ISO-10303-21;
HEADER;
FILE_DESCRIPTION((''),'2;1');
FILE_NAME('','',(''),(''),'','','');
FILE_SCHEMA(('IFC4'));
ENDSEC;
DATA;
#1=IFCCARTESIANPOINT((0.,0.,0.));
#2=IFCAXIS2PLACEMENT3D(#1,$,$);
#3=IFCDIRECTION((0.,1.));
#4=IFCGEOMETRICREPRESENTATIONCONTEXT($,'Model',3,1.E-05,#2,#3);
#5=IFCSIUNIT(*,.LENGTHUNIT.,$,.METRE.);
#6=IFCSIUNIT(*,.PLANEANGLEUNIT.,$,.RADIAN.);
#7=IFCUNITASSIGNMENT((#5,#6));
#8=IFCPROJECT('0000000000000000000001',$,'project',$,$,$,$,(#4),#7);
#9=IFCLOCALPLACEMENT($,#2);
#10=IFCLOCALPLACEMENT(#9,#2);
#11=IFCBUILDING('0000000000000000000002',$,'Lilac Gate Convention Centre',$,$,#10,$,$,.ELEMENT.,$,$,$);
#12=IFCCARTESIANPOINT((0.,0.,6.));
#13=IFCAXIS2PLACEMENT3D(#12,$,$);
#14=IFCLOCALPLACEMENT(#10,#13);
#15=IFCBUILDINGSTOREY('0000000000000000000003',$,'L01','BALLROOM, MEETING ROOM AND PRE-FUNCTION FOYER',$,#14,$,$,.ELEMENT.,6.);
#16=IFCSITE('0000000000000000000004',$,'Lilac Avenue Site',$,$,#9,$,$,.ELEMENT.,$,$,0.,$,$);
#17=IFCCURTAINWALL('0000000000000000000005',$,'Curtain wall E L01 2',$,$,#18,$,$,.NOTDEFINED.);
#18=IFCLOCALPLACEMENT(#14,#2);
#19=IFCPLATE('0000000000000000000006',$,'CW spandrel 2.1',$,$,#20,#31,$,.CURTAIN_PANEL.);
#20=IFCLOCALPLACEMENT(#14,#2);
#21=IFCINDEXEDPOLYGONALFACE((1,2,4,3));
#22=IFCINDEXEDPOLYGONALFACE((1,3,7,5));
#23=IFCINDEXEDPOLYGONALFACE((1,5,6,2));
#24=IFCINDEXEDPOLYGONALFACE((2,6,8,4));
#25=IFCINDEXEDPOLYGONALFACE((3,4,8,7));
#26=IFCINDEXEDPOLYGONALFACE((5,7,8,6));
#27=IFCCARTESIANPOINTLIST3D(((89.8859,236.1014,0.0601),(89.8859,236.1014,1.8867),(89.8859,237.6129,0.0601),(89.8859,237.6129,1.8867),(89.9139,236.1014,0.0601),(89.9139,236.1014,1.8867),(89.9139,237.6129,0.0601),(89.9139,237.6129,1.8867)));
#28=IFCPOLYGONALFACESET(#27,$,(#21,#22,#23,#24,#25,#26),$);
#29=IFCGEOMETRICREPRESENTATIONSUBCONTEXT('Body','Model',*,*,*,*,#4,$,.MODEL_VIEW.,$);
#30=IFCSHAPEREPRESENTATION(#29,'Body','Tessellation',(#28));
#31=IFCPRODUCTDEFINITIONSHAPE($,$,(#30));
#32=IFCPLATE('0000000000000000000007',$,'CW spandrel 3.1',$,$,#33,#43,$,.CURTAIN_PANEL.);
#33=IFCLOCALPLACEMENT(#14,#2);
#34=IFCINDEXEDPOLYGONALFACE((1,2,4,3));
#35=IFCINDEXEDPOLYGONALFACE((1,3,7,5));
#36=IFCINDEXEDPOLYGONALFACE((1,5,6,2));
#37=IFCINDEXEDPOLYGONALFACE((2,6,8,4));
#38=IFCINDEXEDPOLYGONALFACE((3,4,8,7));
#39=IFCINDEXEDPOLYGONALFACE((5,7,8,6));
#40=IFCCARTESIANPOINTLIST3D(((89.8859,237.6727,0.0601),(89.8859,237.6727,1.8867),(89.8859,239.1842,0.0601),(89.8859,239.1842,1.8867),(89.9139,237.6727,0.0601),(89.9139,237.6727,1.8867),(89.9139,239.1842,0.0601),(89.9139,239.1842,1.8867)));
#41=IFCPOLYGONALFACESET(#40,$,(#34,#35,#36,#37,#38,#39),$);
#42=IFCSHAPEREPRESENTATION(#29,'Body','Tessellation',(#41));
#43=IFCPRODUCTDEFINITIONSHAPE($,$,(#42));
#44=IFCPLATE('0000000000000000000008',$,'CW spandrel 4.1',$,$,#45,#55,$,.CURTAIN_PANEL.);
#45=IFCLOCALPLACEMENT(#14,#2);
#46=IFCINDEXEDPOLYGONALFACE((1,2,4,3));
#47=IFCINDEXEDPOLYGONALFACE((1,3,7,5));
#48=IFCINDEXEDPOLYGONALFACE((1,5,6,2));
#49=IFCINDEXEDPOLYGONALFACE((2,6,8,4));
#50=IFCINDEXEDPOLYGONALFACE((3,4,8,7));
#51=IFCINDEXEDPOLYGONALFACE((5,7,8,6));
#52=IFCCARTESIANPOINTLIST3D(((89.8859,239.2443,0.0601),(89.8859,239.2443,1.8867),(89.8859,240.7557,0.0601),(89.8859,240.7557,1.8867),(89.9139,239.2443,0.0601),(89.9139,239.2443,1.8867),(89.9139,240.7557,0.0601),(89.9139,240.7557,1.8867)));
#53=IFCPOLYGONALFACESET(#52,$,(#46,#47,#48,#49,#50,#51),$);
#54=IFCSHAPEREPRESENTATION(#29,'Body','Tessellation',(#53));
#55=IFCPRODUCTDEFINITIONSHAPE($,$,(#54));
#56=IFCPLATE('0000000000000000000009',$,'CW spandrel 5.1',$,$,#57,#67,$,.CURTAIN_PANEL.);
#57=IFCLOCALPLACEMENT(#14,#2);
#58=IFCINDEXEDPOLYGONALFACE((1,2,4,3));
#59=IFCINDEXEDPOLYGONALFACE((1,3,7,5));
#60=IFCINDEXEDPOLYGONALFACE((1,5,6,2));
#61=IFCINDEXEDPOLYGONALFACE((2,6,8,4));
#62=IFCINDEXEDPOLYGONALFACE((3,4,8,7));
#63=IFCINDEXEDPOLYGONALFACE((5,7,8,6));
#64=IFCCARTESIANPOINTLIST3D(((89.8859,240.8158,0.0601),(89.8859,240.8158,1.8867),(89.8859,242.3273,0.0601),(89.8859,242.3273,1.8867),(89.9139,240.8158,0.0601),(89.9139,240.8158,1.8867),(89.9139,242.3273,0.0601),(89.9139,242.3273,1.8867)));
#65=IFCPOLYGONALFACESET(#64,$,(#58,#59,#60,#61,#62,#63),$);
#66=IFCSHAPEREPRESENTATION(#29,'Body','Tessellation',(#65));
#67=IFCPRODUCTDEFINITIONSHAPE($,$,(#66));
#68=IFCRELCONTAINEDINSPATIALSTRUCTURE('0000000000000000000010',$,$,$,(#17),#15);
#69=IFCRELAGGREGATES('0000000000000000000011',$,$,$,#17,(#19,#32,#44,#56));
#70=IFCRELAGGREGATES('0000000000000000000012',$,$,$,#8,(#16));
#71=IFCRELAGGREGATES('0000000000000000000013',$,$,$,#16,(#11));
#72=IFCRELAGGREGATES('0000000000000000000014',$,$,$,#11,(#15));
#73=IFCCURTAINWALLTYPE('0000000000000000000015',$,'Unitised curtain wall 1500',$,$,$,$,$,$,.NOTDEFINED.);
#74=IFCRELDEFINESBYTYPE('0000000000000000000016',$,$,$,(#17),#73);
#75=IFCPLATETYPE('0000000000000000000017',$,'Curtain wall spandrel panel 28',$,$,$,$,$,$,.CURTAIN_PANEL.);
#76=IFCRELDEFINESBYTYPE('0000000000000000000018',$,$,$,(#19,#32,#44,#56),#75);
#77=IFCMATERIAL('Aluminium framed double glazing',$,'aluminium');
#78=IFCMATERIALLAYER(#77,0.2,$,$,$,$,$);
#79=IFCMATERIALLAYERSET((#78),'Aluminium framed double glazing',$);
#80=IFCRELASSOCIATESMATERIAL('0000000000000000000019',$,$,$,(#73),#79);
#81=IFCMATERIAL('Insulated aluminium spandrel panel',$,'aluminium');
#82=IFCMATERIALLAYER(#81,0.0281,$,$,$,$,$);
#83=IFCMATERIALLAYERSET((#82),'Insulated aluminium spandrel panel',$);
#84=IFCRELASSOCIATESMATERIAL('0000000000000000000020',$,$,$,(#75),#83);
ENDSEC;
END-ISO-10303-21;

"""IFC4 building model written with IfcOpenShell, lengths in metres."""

from ifc_helpers import new_model, si_unit, direction, frame, origin, origin_2d, place, context, subcontext, project, spatial, rectangle, extrude, material, layer, layer_set, type_object, element, aggregate, save


model = new_model("IFC4")

# Units and contexts
model_context = context("Model", 3, precision=1e-05, world=origin(), true_north=direction((0.0, 1.0)))
body_context = subcontext(model_context, "Body", "Model", "MODEL_VIEW")
ifc_project = project(units=[si_unit("LENGTHUNIT", "METRE"), si_unit("PLANEANGLEUNIT", "RADIAN")], contexts=[model_context])

# Site, building, storey
site_placement = place(None, origin())
site = spatial("IfcSite", under=ifc_project, at=site_placement, Name="Lilac Avenue Site", CompositionType="ELEMENT", RefElevation=0.0)
building_placement = place(site_placement, origin())
building = spatial("IfcBuilding", under=site, at=building_placement, Name="Lilac Gate Convention Centre", CompositionType="ELEMENT")
storey_placement = place(building_placement, frame((0.0, 0.0, 6.0)))
storey = spatial("IfcBuildingStorey", under=building, at=storey_placement, Name="L01", Description="BALLROOM, MEETING ROOM AND PRE-FUNCTION FOYER", CompositionType="ELEMENT", Elevation=6.0)

# Curtain wall, plates
ifc_material_1 = material(Name="Aluminium framed double glazing", Category="aluminium")
ifc_layer_1 = layer(ifc_material_1, 0.2)
ifc_layer_set_1 = layer_set([ifc_layer_1], Name="Aluminium framed double glazing")
curtain_wall_type = type_object("IfcCurtainWallType", Name="Unitised curtain wall 1500", PredefinedType="NOTDEFINED", material=ifc_layer_set_1)
curtain_wall_placement = place(storey_placement, origin())
curtain_wall = element("IfcCurtainWall", 1, at=curtain_wall_placement, inside=storey, type_object=curtain_wall_type, Name="Curtain wall E L01 2", PredefinedType="NOTDEFINED")
ifc_material_2 = material(Name="Insulated aluminium spandrel panel", Category="aluminium")
ifc_layer_2 = layer(ifc_material_2, 0.0281)
ifc_layer_set_2 = layer_set([ifc_layer_2], Name="Insulated aluminium spandrel panel")
plate_type_1 = type_object("IfcPlateType", Name="Curtain wall spandrel panel 28", PredefinedType="CURTAIN_PANEL", material=ifc_layer_set_2)
plate_1_placement = place(storey_placement, frame((89.8999, 236.8572, 0.0601), z_axis=(0.0, 0.0, 1.0), x_axis=(0.0, 1.0, 0.0)))
plate_1 = element("IfcPlate", 2, at=plate_1_placement, type_object=plate_type_1, Name="CW spandrel 2.1", PredefinedType="CURTAIN_PANEL", context=body_context, shape_type="SweptSolid", body=[
    extrude(rectangle(XDim=1.5115, YDim=0.0281, at=origin_2d()), origin(), (0.0, 0.0, 1.0), 1.8267),
])
plate_2_placement = place(storey_placement, frame((89.8999, 238.4285, 0.0601), z_axis=(0.0, 0.0, 1.0), x_axis=(0.0, 1.0, 0.0)))
plate_2 = element("IfcPlate", 3, at=plate_2_placement, type_object=plate_type_1, Name="CW spandrel 3.1", PredefinedType="CURTAIN_PANEL", context=body_context, shape_type="SweptSolid", body=[
    extrude(rectangle(XDim=1.5115, YDim=0.0281, at=origin_2d()), origin(), (0.0, 0.0, 1.0), 1.8267),
])
plate_3_placement = place(storey_placement, frame((89.8999, 240.0, 0.0601), z_axis=(0.0, 0.0, 1.0), x_axis=(0.0, 1.0, 0.0)))
plate_3 = element("IfcPlate", 4, at=plate_3_placement, type_object=plate_type_1, Name="CW spandrel 4.1", PredefinedType="CURTAIN_PANEL", context=body_context, shape_type="SweptSolid", body=[
    extrude(rectangle(XDim=1.5115, YDim=0.0281, at=origin_2d()), origin(), (0.0, 0.0, 1.0), 1.8267),
])
plate_4_placement = place(storey_placement, frame((89.8999, 241.5715, 0.0601), z_axis=(0.0, 0.0, 1.0), x_axis=(0.0, 1.0, 0.0)))
plate_4 = element("IfcPlate", 5, at=plate_4_placement, type_object=plate_type_1, Name="CW spandrel 5.1", PredefinedType="CURTAIN_PANEL", context=body_context, shape_type="SweptSolid", body=[
    extrude(rectangle(XDim=1.5115, YDim=0.0281, at=origin_2d()), origin(), (0.0, 0.0, 1.0), 1.8267),
])
aggregate(curtain_wall, [plate_1, plate_2, plate_3, plate_4])

save(model, "model.ifc")
